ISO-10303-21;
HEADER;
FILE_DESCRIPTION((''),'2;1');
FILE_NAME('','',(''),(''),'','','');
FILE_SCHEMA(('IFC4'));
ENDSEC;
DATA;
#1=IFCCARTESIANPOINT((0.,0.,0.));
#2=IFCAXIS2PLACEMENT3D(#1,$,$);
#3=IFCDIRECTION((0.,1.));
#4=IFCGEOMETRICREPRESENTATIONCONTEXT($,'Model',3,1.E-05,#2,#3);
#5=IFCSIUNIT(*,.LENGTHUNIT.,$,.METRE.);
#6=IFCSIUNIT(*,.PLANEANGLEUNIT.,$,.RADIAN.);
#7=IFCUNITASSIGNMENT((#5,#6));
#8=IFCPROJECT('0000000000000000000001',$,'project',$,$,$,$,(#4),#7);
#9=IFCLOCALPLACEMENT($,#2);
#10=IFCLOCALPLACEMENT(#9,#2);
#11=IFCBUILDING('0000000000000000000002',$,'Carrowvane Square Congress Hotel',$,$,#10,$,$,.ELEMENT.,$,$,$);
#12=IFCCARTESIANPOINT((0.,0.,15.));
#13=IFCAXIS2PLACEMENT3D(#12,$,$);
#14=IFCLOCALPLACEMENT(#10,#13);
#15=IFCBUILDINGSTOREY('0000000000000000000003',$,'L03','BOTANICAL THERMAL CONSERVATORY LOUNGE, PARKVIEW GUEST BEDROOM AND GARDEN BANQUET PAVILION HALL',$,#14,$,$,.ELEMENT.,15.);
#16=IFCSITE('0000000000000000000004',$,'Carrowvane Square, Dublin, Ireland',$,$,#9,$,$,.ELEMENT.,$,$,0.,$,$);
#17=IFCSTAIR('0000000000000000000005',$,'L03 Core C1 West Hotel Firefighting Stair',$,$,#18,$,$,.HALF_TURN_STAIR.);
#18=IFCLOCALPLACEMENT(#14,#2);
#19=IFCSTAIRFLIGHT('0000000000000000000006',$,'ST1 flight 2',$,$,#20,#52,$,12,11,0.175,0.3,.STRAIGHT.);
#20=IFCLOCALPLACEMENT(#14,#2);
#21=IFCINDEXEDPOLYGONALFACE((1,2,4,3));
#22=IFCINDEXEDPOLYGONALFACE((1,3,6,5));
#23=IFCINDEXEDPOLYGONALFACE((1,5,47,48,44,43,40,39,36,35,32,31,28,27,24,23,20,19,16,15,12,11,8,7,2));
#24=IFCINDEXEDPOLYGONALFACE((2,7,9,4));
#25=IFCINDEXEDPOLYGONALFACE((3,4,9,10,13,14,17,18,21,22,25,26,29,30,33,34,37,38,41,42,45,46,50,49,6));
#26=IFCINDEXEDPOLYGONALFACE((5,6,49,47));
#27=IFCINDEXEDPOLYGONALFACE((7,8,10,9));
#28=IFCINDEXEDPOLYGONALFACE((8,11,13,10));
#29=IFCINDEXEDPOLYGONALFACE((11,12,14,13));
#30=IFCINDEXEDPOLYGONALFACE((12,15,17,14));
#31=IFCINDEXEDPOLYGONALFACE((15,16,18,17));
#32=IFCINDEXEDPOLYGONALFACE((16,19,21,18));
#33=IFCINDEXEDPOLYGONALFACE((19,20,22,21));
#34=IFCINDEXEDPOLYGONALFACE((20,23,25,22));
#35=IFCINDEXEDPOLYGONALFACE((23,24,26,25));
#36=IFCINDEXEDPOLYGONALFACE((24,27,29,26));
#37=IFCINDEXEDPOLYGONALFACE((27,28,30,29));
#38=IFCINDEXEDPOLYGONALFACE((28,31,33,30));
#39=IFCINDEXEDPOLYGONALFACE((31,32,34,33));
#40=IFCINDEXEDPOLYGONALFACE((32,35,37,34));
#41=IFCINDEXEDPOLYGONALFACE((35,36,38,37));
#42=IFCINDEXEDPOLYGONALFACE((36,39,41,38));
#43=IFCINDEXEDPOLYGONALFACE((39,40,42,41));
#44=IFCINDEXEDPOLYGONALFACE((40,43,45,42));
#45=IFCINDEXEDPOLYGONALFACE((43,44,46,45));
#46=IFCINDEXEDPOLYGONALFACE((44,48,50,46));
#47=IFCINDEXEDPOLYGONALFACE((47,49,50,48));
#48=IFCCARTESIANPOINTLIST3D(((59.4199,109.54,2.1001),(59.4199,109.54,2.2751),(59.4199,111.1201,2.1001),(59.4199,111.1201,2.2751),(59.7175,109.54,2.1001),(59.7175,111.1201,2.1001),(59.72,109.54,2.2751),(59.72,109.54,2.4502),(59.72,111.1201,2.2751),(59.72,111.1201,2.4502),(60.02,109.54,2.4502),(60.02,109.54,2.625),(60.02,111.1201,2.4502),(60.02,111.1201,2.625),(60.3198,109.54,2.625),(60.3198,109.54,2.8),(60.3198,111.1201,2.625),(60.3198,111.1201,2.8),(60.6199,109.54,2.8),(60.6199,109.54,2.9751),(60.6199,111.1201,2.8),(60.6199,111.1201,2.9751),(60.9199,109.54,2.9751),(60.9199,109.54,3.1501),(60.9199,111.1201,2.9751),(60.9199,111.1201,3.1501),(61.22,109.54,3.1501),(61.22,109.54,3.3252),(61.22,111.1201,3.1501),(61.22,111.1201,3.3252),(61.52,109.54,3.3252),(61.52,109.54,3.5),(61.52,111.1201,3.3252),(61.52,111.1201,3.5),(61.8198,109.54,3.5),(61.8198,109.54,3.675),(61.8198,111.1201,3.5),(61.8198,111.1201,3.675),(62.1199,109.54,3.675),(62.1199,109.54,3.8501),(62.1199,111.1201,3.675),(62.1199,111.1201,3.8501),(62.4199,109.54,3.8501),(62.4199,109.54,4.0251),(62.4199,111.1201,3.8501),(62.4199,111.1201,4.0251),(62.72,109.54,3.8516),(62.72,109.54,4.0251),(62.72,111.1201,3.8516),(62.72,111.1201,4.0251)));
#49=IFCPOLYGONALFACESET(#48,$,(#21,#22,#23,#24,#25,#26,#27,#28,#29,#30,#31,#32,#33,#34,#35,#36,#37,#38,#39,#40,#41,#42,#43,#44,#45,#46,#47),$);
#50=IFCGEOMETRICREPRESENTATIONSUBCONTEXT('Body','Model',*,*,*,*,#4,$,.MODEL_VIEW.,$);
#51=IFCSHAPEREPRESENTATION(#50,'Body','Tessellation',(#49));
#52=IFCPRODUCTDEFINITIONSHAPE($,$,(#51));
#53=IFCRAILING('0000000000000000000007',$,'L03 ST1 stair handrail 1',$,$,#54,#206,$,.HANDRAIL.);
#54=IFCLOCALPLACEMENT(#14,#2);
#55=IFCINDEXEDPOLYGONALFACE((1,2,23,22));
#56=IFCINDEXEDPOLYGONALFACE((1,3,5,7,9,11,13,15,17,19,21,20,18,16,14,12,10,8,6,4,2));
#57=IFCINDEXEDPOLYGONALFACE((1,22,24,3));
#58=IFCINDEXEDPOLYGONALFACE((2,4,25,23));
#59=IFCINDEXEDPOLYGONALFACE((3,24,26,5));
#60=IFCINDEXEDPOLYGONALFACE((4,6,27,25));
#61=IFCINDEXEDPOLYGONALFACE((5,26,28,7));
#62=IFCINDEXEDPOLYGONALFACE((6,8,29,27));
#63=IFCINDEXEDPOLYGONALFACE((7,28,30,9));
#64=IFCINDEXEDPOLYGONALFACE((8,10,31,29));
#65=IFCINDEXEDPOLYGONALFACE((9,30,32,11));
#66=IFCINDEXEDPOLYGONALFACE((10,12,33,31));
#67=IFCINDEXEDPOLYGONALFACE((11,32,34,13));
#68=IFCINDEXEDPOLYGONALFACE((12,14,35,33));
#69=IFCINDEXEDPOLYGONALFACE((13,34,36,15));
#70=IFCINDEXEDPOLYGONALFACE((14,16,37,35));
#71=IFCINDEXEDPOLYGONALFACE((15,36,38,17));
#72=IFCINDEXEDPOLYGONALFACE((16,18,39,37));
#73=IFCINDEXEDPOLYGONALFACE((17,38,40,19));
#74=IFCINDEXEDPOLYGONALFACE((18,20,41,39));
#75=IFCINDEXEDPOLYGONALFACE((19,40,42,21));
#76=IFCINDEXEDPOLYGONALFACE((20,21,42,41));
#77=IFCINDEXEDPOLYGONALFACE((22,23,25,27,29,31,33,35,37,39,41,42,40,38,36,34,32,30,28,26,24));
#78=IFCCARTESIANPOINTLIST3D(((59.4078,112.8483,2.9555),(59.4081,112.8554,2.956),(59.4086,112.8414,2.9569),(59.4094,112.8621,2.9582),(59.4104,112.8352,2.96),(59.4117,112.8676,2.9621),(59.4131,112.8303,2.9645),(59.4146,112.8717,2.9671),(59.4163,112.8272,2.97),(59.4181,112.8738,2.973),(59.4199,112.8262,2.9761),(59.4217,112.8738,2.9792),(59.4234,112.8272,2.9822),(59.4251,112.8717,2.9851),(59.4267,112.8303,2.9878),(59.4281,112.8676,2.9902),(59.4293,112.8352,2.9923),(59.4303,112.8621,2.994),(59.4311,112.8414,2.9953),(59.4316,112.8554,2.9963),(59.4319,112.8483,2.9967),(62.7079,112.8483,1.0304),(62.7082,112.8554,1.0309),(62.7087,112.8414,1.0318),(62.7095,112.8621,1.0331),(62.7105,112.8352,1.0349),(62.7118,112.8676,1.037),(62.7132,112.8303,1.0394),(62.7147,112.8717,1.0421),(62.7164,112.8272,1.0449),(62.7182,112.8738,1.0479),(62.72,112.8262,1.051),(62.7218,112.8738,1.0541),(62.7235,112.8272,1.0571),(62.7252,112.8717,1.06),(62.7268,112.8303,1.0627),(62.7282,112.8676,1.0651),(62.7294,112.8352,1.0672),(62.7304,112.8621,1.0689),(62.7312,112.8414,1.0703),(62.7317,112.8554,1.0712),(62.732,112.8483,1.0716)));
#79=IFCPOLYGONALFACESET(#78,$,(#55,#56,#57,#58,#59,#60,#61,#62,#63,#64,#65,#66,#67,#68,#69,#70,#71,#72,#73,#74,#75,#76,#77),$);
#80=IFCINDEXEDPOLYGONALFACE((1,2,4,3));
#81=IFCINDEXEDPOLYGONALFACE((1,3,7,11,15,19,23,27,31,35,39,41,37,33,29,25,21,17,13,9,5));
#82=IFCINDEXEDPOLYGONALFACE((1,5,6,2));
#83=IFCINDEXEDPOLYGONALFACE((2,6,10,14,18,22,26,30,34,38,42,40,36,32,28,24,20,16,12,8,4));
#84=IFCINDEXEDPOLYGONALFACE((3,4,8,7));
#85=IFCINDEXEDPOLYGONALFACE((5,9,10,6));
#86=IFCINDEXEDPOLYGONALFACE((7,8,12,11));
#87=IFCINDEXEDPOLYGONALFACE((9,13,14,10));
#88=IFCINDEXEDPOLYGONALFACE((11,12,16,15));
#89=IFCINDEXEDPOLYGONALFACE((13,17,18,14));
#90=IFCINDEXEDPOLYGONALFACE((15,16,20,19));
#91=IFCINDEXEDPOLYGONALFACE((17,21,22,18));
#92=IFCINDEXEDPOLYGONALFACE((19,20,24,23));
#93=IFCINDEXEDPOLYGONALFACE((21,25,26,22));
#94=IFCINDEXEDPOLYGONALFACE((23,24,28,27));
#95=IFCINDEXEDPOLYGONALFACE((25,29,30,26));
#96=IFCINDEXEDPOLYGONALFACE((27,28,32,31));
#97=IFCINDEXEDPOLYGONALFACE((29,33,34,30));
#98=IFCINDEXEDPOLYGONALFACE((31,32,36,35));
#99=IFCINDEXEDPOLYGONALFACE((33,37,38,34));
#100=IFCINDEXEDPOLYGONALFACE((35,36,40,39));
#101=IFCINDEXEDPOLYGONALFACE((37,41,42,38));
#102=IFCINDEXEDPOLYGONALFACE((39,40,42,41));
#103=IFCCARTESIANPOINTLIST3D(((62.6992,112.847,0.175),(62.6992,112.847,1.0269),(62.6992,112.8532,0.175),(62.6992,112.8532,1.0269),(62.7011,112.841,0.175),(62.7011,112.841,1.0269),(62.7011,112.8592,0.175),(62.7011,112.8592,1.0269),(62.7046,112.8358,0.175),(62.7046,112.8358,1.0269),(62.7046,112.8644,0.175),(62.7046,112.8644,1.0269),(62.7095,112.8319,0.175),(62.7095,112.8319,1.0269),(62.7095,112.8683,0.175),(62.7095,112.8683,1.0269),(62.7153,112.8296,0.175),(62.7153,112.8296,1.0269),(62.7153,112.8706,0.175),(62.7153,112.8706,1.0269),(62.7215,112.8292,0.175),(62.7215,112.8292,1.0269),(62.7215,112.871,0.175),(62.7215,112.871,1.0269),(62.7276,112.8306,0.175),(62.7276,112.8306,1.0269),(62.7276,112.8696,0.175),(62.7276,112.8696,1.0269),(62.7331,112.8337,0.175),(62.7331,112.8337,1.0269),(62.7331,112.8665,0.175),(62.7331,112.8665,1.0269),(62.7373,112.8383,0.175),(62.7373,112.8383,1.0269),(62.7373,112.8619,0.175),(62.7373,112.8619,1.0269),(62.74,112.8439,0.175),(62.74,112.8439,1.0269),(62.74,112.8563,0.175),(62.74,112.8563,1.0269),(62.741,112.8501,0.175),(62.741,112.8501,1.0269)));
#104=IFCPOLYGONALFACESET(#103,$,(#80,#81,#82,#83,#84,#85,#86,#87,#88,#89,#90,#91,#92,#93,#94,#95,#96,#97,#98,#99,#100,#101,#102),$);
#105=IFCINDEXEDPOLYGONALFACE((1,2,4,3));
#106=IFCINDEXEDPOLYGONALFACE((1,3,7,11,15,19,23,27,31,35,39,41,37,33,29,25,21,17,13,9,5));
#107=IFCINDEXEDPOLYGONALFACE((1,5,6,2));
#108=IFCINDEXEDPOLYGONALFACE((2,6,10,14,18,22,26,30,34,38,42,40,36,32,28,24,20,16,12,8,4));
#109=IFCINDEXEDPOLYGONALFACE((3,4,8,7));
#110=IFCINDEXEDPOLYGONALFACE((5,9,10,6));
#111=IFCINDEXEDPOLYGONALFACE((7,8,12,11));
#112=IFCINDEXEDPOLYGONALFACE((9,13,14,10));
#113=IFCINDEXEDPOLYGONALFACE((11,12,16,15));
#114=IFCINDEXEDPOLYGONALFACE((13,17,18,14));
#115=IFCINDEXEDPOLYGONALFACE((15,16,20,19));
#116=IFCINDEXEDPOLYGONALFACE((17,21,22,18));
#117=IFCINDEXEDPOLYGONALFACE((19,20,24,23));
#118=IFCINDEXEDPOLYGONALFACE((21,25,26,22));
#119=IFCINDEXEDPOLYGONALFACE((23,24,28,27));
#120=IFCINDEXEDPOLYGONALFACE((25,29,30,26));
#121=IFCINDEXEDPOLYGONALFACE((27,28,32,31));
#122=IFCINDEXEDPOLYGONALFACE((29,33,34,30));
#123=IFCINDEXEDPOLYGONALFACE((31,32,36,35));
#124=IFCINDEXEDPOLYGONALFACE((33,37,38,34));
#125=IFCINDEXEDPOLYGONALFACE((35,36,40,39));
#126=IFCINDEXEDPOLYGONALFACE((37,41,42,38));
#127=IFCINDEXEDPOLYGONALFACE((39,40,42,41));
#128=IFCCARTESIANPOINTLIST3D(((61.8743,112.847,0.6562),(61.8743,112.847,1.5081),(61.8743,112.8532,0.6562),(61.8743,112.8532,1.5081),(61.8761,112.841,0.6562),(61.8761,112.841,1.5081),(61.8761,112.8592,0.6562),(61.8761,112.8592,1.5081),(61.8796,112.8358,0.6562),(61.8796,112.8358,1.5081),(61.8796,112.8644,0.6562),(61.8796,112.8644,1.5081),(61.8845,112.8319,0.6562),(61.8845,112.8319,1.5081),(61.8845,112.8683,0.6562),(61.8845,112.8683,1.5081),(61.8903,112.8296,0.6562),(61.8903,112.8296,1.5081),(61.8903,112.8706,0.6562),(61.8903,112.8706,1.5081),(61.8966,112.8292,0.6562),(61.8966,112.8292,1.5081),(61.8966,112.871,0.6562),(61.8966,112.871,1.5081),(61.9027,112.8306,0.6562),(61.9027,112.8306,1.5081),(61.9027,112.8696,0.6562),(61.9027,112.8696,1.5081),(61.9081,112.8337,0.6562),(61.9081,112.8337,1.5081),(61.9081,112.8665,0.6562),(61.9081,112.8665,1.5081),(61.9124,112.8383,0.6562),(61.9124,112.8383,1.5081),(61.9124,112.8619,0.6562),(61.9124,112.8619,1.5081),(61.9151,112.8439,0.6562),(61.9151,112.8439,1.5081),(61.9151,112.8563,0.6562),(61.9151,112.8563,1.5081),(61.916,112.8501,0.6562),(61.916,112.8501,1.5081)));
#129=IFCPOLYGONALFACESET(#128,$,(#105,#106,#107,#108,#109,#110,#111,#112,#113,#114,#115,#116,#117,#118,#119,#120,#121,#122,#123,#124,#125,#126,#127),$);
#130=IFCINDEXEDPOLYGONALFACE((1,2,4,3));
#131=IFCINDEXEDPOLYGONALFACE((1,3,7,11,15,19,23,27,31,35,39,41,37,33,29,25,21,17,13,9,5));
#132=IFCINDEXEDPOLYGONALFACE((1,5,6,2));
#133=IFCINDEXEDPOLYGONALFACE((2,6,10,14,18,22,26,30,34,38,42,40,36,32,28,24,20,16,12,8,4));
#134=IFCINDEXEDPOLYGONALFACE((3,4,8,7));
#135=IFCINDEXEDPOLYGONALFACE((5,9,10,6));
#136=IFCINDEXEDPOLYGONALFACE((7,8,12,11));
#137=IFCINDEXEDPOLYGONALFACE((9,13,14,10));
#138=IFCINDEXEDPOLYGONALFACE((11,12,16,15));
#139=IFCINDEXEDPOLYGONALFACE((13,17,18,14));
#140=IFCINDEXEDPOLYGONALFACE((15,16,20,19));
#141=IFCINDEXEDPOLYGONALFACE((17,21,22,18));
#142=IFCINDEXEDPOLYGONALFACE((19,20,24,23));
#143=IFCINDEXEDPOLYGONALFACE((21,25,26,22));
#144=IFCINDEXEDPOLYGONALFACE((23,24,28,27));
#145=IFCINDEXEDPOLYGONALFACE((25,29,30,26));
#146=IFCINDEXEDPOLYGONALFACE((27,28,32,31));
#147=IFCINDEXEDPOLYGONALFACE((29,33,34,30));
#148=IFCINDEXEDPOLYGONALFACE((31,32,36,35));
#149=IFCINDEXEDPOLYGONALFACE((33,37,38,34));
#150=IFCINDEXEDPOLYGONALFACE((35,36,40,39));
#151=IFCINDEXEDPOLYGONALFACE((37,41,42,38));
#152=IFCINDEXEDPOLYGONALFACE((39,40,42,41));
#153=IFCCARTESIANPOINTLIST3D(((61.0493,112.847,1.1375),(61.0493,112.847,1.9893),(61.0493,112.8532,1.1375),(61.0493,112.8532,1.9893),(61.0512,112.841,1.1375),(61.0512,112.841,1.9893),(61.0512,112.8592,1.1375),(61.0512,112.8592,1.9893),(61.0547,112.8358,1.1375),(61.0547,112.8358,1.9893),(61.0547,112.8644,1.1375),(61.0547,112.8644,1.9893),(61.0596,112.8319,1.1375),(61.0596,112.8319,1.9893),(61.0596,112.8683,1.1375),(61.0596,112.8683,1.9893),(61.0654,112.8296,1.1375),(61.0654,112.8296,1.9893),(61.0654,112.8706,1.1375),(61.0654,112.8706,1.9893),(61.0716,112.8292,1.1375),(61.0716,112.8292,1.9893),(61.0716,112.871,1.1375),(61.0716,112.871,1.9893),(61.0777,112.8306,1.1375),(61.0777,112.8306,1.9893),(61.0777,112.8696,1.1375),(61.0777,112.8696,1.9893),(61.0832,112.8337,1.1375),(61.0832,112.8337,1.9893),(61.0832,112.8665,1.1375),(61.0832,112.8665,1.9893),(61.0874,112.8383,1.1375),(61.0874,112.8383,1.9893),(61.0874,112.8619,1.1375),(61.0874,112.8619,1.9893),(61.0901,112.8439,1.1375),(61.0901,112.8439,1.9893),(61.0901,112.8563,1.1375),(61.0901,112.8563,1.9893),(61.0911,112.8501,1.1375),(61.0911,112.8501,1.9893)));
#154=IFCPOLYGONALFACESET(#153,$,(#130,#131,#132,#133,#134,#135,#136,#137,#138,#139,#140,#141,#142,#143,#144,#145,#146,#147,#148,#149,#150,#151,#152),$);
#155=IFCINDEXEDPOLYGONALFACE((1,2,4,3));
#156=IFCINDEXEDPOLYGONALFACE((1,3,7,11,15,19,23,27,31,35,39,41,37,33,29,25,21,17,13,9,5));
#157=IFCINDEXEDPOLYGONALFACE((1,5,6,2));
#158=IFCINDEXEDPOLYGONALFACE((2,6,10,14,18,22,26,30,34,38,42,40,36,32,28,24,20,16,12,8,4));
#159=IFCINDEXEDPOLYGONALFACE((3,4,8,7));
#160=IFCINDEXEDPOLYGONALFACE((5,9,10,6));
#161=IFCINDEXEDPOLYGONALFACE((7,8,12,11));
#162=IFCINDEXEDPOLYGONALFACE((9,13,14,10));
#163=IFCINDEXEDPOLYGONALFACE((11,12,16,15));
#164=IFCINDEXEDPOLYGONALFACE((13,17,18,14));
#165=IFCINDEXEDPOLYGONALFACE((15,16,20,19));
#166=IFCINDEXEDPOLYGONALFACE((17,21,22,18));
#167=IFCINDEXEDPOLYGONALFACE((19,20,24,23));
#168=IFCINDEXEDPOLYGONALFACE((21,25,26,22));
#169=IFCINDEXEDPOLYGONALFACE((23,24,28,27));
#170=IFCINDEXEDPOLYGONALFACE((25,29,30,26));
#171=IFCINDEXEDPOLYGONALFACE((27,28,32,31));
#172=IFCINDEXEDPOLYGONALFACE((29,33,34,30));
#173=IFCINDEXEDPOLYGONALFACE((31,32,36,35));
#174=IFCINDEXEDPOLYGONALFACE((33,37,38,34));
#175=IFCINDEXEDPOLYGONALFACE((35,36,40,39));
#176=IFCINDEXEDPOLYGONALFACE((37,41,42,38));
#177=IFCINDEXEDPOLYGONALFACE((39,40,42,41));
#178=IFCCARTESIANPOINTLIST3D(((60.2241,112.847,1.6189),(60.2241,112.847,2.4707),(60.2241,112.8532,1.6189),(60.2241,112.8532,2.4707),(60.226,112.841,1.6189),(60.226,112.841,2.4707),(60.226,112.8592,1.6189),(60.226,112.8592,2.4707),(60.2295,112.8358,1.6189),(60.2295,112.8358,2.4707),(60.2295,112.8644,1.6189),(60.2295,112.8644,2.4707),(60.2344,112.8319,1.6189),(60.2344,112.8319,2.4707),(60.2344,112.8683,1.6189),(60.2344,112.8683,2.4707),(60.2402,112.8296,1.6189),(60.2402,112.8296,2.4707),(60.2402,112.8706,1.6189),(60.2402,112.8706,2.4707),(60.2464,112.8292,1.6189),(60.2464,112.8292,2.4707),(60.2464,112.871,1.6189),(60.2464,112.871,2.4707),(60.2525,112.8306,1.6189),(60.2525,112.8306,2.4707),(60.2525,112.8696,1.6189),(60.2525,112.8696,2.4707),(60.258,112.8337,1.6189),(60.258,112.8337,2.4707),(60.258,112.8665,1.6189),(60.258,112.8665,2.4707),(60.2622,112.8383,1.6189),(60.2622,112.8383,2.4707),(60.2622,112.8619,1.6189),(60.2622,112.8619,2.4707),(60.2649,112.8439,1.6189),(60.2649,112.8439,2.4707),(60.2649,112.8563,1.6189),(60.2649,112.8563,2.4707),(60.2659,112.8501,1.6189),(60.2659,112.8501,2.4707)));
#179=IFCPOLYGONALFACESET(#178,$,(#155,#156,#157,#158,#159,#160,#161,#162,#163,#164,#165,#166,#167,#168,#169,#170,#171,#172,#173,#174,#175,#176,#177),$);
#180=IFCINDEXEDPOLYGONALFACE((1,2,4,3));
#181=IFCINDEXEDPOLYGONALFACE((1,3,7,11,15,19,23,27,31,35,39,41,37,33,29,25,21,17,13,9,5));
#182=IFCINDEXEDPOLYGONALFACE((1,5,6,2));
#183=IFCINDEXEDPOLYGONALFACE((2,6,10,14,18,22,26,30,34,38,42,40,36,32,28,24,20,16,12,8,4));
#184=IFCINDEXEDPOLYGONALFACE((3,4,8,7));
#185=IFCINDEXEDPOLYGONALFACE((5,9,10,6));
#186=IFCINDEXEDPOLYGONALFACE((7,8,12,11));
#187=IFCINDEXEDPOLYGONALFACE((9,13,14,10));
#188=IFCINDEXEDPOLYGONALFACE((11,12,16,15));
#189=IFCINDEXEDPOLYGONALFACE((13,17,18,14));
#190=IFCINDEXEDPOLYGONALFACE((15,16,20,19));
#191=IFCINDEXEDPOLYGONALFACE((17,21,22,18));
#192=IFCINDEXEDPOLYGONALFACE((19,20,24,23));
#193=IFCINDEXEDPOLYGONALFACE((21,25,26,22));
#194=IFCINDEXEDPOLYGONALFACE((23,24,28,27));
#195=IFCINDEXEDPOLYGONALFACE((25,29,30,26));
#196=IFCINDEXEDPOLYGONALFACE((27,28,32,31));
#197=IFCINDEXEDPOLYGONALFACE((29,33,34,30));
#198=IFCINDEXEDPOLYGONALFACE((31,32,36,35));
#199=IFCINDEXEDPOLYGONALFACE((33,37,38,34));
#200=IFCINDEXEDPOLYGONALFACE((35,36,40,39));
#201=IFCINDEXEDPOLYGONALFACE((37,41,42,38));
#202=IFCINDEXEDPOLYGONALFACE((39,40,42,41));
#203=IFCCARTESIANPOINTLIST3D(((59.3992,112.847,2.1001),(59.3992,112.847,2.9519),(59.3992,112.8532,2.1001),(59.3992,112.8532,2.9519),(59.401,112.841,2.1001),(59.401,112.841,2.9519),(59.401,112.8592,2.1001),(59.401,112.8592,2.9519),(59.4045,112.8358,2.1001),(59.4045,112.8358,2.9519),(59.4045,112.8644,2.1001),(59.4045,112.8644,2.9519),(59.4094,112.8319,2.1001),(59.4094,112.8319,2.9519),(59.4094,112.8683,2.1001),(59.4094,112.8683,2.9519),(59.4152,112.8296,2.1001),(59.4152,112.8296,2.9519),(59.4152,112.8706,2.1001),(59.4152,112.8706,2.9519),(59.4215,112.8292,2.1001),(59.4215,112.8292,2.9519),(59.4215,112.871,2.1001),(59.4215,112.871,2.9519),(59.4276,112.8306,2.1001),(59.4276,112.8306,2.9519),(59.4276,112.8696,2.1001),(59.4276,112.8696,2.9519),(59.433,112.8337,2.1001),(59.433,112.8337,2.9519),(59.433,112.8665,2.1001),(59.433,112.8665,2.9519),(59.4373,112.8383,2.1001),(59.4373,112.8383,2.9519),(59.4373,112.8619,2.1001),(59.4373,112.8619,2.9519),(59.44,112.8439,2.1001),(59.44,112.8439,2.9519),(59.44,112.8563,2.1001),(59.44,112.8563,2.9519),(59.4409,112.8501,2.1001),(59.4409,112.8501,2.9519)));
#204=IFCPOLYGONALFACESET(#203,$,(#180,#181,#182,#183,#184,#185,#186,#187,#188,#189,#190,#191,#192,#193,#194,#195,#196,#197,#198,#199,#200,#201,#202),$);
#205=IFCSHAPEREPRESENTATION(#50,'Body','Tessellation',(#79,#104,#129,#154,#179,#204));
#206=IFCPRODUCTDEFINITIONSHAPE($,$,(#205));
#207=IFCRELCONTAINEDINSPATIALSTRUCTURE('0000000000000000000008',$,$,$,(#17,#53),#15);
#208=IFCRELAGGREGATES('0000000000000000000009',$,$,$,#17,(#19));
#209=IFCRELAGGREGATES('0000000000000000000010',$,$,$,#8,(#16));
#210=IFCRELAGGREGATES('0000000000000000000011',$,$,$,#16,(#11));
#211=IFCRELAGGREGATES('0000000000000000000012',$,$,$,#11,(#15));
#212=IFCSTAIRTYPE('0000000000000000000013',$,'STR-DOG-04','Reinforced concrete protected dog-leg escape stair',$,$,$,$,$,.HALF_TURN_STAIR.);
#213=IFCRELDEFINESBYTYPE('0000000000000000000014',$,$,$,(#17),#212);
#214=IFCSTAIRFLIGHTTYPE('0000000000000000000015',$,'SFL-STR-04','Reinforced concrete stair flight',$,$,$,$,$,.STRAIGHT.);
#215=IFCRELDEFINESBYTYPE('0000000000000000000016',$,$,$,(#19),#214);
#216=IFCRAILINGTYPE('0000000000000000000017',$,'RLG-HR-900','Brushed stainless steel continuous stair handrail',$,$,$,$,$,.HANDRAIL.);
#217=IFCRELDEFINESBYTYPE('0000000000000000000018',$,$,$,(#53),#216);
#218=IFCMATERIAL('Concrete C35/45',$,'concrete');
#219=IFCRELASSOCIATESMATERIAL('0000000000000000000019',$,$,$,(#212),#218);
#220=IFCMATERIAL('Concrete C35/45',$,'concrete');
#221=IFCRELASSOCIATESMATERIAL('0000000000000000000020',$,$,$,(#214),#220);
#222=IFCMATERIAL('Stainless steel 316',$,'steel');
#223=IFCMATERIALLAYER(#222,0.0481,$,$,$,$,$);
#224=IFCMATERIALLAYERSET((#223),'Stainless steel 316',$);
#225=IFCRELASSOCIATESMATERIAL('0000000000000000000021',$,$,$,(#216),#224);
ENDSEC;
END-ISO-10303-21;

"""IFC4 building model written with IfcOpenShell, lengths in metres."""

from ifc_helpers import new_model, si_unit, direction, frame, origin, origin_2d, place, context, subcontext, project, spatial, polyline, circle, outline, extrude, material, layer, layer_set, type_object, element, aggregate, save


model = new_model("IFC4")

# Units and contexts
model_context = context("Model", 3, precision=1e-05, world=origin(), true_north=direction((0.0, 1.0)))
body_context = subcontext(model_context, "Body", "Model", "MODEL_VIEW")
ifc_project = project(units=[si_unit("LENGTHUNIT", "METRE"), si_unit("PLANEANGLEUNIT", "RADIAN")], contexts=[model_context])

# Site, building, storey
site_placement = place(None, origin())
site = spatial("IfcSite", under=ifc_project, at=site_placement, Name="Carrowvane Square, Dublin, Ireland", CompositionType="ELEMENT", RefElevation=0.0)
building_placement = place(site_placement, origin())
building = spatial("IfcBuilding", under=site, at=building_placement, Name="Carrowvane Square Congress Hotel", CompositionType="ELEMENT")
storey_placement = place(building_placement, frame((0.0, 0.0, 15.0)))
storey = spatial("IfcBuildingStorey", under=building, at=storey_placement, Name="L03", Description="BOTANICAL THERMAL CONSERVATORY LOUNGE, PARKVIEW GUEST BEDROOM AND GARDEN BANQUET PAVILION HALL", CompositionType="ELEMENT", Elevation=15.0)

# Stair, stair flight
ifc_material_1 = material(Name="Concrete C35/45", Category="concrete")
stair_type = type_object("IfcStairType", Name="STR-DOG-04", Description="Reinforced concrete protected dog-leg escape stair", PredefinedType="HALF_TURN_STAIR", material=ifc_material_1)
stair_placement = place(storey_placement, origin())
stair = element("IfcStair", 1, at=stair_placement, inside=storey, type_object=stair_type, Name="L03 Core C1 West Hotel Firefighting Stair", PredefinedType="HALF_TURN_STAIR")
ifc_material_2 = material(Name="Concrete C35/45", Category="concrete")
stair_flight_type = type_object("IfcStairFlightType", Name="SFL-STR-04", Description="Reinforced concrete stair flight", PredefinedType="STRAIGHT", material=ifc_material_2)
stair_flight_1_placement = place(storey_placement, frame((59.4199, 110.3301, 2.1001), z_axis=(0.0, 0.0, 1.0), x_axis=(1.0, 0.0, 0.0)))
stair_flight_1 = element("IfcStairFlight", 2, at=stair_flight_1_placement, type_object=stair_flight_type, Name="ST1 flight 2", NumberOfRisers=12, NumberOfTreads=11, PredefinedType="STRAIGHT", RiserHeight=0.175, TreadLength=0.3, context=body_context, shape_type="SweptSolid", body=[
    extrude(outline(polyline([(0.0, 0.0), (0.0, 0.175), (0.3, 0.175), (0.3, 0.3501), (0.6001, 0.3501), (0.6001, 0.5249), (0.8999, 0.5249), (0.8999, 0.7), (1.2, 0.7), (1.2, 0.875), (1.5, 0.875), (1.5, 1.05), (1.8, 1.05), (1.8, 1.2251), (2.1001, 1.2251), (2.1001, 1.3999), (2.3999, 1.3999), (2.3999, 1.575), (2.7, 1.575), (2.7, 1.75), (3.0, 1.75), (3.0, 1.925), (3.3, 1.925), (3.3, 2.1001), (3.3, 1.7515), (0.2976, 0.0), (0.0, 0.0)])), frame((0.0, 0.79, 0.0), z_axis=(0.0, -1.0, 0.0), x_axis=(1.0, 0.0, 0.0)), (0.0, 0.0, 1.0), 1.5801),
])
aggregate(stair, [stair_flight_1])

# Railing
ifc_material_3 = material(Name="Stainless steel 316", Category="steel")
ifc_layer_1 = layer(ifc_material_3, 0.0481)
ifc_layer_set_1 = layer_set([ifc_layer_1], Name="Stainless steel 316")
railing_type_1 = type_object("IfcRailingType", Name="RLG-HR-900", Description="Brushed stainless steel continuous stair handrail", PredefinedType="HANDRAIL", material=ifc_layer_set_1)
railing_1_placement = place(storey_placement, frame((62.72, 112.8501, 0.175)))
element("IfcRailing", 3, at=railing_1_placement, inside=storey, type_object=railing_type_1, Name="L03 ST1 stair handrail 1", PredefinedType="HANDRAIL", context=body_context, shape_type="SweptSolid", body=[
    extrude(circle(Radius=0.0239, at=origin_2d()), frame((0.0, 0.0, 0.876), z_axis=(-0.863777, 0.0, 0.503875), x_axis=(0.0, -1.0, 0.0)), (0.0, 0.0, 1.0), 3.8206),
    extrude(circle(Radius=0.021, at=origin_2d()), origin(), (0.0, 0.0, 1.0), 0.8518),
    extrude(circle(Radius=0.021, at=origin_2d()), frame((-0.825, 0.0, 0.4812)), (0.0, 0.0, 1.0), 0.8518),
    extrude(circle(Radius=0.021, at=origin_2d()), frame((-1.6499, 0.0, 0.9624)), (0.0, 0.0, 1.0), 0.8518),
    extrude(circle(Radius=0.021, at=origin_2d()), frame((-2.4751, 0.0, 1.4438)), (0.0, 0.0, 1.0), 0.8518),
    extrude(circle(Radius=0.021, at=origin_2d()), frame((-3.3, 0.0, 1.925)), (0.0, 0.0, 1.0), 0.8518),
])

save(model, "model.ifc")
